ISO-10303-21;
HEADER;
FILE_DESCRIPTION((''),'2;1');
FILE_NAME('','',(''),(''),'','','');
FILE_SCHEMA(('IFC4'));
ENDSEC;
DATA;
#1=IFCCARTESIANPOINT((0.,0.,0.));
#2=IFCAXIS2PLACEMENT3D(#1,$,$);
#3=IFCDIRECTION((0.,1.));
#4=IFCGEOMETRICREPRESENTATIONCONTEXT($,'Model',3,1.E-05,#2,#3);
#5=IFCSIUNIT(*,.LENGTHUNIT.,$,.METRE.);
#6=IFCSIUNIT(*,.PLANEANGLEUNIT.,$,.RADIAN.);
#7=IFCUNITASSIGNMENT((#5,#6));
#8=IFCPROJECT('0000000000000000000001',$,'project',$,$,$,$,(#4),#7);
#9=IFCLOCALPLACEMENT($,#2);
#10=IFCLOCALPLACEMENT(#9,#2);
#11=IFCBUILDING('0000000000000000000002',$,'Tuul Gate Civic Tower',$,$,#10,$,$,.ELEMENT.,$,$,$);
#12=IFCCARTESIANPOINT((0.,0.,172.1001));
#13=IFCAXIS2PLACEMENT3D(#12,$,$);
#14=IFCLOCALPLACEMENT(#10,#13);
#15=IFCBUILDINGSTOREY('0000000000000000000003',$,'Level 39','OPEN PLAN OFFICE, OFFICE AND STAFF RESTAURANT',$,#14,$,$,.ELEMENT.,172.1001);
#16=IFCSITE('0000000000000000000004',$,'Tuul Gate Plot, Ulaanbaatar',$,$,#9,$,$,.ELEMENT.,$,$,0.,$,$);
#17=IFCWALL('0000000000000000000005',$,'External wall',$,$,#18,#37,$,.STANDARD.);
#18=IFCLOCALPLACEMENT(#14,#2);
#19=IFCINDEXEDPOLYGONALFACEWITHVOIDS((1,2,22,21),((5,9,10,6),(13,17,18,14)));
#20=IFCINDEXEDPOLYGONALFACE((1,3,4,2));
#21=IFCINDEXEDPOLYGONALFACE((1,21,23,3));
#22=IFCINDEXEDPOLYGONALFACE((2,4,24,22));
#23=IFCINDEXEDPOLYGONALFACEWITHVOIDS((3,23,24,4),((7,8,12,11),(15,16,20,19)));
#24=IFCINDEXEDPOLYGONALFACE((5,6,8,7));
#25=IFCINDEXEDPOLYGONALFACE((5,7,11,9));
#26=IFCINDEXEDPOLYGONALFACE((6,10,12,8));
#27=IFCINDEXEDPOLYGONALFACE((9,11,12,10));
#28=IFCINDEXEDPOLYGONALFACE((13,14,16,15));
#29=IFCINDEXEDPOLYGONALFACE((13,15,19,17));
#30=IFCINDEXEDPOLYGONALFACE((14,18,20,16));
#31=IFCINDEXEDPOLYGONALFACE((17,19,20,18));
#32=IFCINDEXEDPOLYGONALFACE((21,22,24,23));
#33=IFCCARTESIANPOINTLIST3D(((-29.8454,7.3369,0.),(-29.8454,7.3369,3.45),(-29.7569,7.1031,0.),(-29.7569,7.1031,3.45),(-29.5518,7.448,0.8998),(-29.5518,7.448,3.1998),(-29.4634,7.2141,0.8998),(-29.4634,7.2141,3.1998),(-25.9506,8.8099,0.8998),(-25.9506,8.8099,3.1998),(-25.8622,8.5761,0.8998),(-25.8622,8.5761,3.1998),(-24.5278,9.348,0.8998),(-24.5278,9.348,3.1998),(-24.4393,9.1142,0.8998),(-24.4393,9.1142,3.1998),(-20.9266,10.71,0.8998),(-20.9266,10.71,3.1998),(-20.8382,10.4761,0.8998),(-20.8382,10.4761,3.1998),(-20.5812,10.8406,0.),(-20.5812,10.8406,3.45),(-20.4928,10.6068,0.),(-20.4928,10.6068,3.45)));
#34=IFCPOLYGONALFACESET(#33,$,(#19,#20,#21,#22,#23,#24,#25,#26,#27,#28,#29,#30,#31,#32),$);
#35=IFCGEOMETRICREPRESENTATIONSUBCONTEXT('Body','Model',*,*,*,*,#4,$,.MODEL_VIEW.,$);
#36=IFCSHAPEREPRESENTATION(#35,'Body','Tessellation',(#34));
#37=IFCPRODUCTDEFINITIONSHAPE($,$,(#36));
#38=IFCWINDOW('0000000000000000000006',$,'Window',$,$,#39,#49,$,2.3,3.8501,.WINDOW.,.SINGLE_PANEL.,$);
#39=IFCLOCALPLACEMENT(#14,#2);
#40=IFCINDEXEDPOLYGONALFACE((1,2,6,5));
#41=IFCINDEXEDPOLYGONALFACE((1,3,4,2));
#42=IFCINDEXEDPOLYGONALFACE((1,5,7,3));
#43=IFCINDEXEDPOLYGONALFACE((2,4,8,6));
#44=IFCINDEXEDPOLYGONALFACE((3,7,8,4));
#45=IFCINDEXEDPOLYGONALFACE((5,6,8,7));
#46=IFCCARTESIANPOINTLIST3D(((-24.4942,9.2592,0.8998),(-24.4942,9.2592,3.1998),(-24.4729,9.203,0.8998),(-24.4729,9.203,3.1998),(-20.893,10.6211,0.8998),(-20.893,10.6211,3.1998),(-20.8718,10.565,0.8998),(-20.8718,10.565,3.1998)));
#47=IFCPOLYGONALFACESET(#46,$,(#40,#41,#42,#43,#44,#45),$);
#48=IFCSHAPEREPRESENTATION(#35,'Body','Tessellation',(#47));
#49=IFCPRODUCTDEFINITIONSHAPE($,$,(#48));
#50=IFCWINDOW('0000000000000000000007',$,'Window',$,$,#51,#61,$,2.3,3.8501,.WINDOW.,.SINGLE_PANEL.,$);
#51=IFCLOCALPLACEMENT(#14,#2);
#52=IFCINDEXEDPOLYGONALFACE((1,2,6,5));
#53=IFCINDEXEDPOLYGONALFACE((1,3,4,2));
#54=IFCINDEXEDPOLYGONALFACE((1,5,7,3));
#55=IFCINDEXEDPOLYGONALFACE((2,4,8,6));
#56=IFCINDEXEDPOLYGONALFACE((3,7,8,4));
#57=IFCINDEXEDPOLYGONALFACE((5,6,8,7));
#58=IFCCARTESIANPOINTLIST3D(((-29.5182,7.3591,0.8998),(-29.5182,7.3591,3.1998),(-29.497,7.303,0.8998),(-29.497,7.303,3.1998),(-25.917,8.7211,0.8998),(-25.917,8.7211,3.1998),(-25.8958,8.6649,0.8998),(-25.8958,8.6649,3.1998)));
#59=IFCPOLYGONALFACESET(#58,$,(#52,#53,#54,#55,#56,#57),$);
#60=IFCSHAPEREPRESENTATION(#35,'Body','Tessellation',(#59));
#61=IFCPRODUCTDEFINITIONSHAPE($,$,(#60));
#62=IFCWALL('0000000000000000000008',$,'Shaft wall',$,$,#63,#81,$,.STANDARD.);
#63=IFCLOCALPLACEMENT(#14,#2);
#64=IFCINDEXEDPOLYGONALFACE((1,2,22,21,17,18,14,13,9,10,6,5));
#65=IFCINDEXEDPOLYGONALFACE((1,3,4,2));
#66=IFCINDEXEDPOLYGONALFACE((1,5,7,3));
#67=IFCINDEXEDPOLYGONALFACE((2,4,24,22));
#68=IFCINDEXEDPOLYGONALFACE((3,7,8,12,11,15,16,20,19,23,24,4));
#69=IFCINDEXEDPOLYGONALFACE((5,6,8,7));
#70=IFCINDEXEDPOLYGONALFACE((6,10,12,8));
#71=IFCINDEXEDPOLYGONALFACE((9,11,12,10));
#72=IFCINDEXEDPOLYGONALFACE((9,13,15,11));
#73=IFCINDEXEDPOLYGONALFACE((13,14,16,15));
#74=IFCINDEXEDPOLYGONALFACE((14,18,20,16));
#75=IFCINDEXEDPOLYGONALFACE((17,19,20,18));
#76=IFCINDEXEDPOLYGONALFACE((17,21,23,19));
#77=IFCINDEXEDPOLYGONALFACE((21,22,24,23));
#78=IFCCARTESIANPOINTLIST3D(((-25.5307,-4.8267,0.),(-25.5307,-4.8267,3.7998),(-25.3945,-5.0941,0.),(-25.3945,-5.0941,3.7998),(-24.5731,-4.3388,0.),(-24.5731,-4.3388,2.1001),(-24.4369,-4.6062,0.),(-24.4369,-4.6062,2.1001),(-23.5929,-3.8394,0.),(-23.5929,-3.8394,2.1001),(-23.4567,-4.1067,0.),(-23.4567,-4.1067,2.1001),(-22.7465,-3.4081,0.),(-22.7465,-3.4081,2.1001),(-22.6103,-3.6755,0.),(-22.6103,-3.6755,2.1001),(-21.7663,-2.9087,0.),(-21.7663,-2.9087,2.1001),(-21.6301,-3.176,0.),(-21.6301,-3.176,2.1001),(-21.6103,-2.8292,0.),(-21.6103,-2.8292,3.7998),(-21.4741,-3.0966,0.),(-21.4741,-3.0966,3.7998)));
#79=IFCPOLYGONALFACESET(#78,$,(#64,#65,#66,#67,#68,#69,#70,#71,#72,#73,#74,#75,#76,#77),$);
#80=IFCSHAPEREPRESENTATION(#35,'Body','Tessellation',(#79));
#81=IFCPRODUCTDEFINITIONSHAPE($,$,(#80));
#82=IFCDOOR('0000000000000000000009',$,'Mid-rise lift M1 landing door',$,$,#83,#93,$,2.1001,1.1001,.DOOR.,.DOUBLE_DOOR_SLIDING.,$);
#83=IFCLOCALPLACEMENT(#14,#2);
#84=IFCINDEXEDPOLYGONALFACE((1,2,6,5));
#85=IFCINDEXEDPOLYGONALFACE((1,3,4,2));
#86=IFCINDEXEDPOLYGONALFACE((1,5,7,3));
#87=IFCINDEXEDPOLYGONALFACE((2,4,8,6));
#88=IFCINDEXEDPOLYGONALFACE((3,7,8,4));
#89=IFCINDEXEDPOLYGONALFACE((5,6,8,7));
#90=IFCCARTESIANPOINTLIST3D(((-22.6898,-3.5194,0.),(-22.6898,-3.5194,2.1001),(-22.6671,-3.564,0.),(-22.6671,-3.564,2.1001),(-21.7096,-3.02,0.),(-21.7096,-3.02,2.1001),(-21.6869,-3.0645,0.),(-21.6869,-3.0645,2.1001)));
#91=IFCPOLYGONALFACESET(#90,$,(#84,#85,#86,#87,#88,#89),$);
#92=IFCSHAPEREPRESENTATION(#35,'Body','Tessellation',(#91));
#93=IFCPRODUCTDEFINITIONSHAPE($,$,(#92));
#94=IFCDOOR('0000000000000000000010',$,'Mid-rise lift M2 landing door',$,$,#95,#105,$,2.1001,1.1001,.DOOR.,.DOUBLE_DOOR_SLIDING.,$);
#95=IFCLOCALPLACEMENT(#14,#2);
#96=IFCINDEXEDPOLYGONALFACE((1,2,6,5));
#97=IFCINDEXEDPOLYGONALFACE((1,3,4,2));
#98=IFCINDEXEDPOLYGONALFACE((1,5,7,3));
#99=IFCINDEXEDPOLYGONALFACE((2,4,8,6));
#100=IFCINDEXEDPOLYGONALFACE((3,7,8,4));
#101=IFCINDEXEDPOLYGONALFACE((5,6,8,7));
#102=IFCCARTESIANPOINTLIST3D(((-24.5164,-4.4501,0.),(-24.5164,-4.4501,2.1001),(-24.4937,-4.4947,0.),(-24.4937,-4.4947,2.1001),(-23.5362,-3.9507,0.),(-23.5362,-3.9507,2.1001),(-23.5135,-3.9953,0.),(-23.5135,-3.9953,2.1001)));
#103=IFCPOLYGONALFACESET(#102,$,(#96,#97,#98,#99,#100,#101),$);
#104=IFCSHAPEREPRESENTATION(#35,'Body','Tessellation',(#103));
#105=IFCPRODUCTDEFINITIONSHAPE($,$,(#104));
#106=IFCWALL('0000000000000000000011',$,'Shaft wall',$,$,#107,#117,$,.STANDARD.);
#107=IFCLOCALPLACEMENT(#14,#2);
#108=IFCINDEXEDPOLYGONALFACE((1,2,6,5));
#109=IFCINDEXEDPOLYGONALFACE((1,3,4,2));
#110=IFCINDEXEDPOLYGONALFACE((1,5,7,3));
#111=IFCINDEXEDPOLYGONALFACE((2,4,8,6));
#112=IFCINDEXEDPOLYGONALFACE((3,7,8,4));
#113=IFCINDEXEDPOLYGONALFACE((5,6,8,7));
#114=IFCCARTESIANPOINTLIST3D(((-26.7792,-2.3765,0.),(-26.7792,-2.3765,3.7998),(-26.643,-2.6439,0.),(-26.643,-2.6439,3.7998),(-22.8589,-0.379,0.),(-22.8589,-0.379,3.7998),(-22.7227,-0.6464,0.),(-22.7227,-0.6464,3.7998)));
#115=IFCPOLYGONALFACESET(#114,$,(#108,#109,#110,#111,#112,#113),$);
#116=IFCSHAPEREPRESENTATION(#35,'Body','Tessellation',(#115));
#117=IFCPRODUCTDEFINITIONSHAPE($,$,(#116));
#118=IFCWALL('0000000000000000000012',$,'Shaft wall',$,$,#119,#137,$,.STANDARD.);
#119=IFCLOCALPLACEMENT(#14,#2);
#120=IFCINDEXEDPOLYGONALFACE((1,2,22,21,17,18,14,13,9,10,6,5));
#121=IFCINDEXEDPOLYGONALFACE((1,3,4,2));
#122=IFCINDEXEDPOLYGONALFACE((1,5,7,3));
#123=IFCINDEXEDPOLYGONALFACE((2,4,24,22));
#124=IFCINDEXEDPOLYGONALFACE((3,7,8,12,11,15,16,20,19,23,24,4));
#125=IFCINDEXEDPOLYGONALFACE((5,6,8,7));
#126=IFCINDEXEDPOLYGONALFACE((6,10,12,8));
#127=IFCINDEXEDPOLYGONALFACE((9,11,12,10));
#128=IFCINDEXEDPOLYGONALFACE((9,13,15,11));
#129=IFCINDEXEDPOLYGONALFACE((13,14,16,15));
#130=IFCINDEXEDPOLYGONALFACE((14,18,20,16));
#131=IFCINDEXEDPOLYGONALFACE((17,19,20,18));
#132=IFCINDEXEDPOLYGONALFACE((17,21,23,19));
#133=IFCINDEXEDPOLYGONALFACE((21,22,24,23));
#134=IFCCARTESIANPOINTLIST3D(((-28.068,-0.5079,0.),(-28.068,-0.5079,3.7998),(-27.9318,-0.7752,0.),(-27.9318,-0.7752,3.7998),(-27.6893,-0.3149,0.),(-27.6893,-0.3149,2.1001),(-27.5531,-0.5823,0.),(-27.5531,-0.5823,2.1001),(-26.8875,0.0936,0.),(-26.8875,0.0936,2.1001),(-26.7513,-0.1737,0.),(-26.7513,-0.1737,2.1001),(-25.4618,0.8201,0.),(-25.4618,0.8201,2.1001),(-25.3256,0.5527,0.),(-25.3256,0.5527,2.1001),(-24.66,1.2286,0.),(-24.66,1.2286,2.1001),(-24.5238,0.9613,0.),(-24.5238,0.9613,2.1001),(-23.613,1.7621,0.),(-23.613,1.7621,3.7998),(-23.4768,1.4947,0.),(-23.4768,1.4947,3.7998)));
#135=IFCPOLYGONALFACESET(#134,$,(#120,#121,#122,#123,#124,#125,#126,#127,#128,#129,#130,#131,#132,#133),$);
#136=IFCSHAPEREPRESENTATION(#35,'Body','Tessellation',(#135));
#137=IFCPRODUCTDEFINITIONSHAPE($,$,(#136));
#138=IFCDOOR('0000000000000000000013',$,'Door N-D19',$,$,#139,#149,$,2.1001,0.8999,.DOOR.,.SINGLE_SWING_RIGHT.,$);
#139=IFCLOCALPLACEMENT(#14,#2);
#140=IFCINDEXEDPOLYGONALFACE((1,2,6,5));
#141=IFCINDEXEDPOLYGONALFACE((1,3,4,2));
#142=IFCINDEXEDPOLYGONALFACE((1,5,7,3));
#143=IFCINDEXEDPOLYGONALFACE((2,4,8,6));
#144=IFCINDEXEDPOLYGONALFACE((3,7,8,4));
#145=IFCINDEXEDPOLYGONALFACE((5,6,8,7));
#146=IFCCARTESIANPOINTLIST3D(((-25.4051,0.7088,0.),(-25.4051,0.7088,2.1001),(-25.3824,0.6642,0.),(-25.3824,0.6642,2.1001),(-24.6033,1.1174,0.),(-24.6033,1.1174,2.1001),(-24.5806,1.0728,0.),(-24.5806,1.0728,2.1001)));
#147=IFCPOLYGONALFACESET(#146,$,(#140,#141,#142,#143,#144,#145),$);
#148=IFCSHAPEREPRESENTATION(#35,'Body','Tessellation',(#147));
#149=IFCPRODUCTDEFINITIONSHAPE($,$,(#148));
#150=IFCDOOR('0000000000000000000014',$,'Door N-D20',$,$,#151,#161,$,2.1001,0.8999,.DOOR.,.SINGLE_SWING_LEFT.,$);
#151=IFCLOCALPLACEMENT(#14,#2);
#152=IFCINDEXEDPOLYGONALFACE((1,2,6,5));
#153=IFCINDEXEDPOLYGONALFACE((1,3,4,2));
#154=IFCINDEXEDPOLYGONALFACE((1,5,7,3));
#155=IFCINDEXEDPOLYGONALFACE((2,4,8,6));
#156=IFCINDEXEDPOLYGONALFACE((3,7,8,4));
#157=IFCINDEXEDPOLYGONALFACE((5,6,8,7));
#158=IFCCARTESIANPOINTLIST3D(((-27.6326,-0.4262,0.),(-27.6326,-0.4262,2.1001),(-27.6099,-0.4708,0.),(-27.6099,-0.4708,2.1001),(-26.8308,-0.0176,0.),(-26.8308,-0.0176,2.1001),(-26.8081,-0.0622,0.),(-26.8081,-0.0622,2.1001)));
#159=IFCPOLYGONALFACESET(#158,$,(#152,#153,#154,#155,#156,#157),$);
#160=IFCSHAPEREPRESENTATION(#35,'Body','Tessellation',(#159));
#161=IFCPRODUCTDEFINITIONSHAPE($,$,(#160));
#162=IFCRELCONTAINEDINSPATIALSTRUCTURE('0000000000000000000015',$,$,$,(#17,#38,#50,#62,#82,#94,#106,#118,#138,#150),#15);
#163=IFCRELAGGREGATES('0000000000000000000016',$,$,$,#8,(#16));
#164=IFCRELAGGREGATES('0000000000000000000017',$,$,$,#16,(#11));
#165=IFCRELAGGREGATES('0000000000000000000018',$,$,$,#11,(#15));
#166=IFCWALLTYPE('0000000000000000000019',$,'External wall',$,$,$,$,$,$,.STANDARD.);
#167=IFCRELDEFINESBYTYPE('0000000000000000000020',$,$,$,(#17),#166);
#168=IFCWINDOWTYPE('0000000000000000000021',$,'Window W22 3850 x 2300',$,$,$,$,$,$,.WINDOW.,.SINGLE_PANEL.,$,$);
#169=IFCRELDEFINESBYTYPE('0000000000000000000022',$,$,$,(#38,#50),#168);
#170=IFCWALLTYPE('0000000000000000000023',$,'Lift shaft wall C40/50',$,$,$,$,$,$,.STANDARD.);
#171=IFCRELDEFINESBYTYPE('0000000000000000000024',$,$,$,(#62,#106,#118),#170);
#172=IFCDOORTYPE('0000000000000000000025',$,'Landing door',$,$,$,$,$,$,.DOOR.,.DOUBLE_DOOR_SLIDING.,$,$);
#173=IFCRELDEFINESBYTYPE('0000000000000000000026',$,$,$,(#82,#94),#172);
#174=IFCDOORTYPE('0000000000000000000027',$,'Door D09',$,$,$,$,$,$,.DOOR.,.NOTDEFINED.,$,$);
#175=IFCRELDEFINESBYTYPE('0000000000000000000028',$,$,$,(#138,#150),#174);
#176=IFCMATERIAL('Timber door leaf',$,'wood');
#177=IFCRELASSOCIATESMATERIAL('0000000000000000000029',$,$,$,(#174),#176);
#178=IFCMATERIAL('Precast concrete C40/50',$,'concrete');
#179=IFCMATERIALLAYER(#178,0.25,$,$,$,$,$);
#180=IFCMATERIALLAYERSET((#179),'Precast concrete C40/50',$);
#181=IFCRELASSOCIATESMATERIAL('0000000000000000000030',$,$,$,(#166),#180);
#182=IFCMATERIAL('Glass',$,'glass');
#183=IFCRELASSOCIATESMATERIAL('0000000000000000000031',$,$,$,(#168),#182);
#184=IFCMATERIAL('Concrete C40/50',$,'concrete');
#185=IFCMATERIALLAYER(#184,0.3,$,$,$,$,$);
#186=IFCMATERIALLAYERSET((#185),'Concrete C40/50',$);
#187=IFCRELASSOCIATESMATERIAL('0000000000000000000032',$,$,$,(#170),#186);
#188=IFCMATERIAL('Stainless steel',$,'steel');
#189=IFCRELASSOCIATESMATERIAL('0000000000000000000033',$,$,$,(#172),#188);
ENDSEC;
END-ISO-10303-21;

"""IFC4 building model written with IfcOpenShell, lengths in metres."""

from ifc_helpers import new_model, si_unit, direction, frame, frame_2d, origin, place, context, subcontext, project, spatial, rectangle, extrude, material, layer, layer_set, type_object, element, fill, save


model = new_model("IFC4")

# Units and contexts
model_context = context("Model", 3, precision=1e-05, world=origin(), true_north=direction((0.0, 1.0)))
body_context = subcontext(model_context, "Body", "Model", "MODEL_VIEW")
ifc_project = project(units=[si_unit("LENGTHUNIT", "METRE"), si_unit("PLANEANGLEUNIT", "RADIAN")], contexts=[model_context])

# Site, building, storey
site_placement = place(None, origin())
site = spatial("IfcSite", under=ifc_project, at=site_placement, Name="Tuul Gate Plot, Ulaanbaatar", CompositionType="ELEMENT", RefElevation=0.0)
building_placement = place(site_placement, origin())
building = spatial("IfcBuilding", under=site, at=building_placement, Name="Tuul Gate Civic Tower", CompositionType="ELEMENT")
storey_placement = place(building_placement, frame((0.0, 0.0, 172.1001)))
storey = spatial("IfcBuildingStorey", under=building, at=storey_placement, Name="Level 39", Description="OPEN PLAN OFFICE, OFFICE AND STAFF RESTAURANT", CompositionType="ELEMENT", Elevation=172.1001)

# Shared definitions
ifc_material_1 = material(Name="Timber door leaf", Category="wood")
door_type_1 = type_object("IfcDoorType", Name="Door D09", OperationType="NOTDEFINED", PredefinedType="DOOR", material=ifc_material_1)

# Wall, openings, windows
ifc_material_2 = material(Name="Precast concrete C40/50", Category="concrete")
ifc_layer_1 = layer(ifc_material_2, 0.25)
ifc_layer_set_1 = layer_set([ifc_layer_1], Name="Precast concrete C40/50")
wall_type_1 = type_object("IfcWallType", Name="External wall", PredefinedType="STANDARD", material=ifc_layer_set_1)
wall_1_placement = place(storey_placement, frame((-20.5371, 10.7236, 0.0), z_axis=(0.0, 0.0, 1.0), x_axis=(-0.935343, -0.353742, 0.0)))
wall_1 = element("IfcWall", 1, at=wall_1_placement, inside=storey, type_object=wall_type_1, Name="External wall", PredefinedType="STANDARD", context=body_context, shape_type="SweptSolid", body=[
    extrude(rectangle(XDim=9.9045, YDim=0.25, at=frame_2d((4.9521, 0.0))), origin(), (0.0, 0.0, 1.0), 3.45),
])
opening_1_placement = place(wall_1_placement, frame((0.3691, 0.0, 0.8999)))
opening_1 = element("IfcOpeningElement", 2, at=opening_1_placement, cuts=wall_1, PredefinedType="OPENING", context=body_context, shape_type="SweptSolid", body=[
    extrude(rectangle(XDim=3.8501, YDim=2.3, at=frame_2d((1.925, 1.1499))), frame((0.0, 0.135, 0.0), z_axis=(0.0, -1.0, 0.0), x_axis=(1.0, 0.0, 0.0)), (0.0, 0.0, 1.0), 0.27),
])
opening_2_placement = place(wall_1_placement, frame((5.7405, 0.0, 0.8999)))
opening_2 = element("IfcOpeningElement", 3, at=opening_2_placement, cuts=wall_1, PredefinedType="OPENING", context=body_context, shape_type="SweptSolid", body=[
    extrude(rectangle(XDim=3.8501, YDim=2.3, at=frame_2d((1.925, 1.1499))), frame((0.0, 0.135, 0.0), z_axis=(0.0, -1.0, 0.0), x_axis=(1.0, 0.0, 0.0)), (0.0, 0.0, 1.0), 0.27),
])
ifc_material_3 = material(Name="Glass", Category="glass")
window_type = type_object("IfcWindowType", Name="Window W22 3850 x 2300", PartitioningType="SINGLE_PANEL", PredefinedType="WINDOW", material=ifc_material_3)
window_1_placement = place(opening_1_placement, origin())
window_1 = element("IfcWindow", 4, at=window_1_placement, inside=storey, type_object=window_type, Name="Window", OverallHeight=2.3, OverallWidth=3.8501, PartitioningType="SINGLE_PANEL", PredefinedType="WINDOW", context=body_context, shape_type="SweptSolid", body=[
    extrude(rectangle(XDim=3.8501, YDim=2.3, at=frame_2d((1.925, 1.1499))), frame((0.0, 0.03, 0.0), z_axis=(0.0, -1.0, 0.0), x_axis=(1.0, 0.0, 0.0)), (0.0, 0.0, 1.0), 0.0601),
])
fill(opening_1, window_1)
window_2_placement = place(opening_2_placement, origin())
window_2 = element("IfcWindow", 5, at=window_2_placement, inside=storey, type_object=window_type, Name="Window", OverallHeight=2.3, OverallWidth=3.8501, PartitioningType="SINGLE_PANEL", PredefinedType="WINDOW", context=body_context, shape_type="SweptSolid", body=[
    extrude(rectangle(XDim=3.8501, YDim=2.3, at=frame_2d((1.925, 1.1499))), frame((0.0, 0.03, 0.0), z_axis=(0.0, -1.0, 0.0), x_axis=(1.0, 0.0, 0.0)), (0.0, 0.0, 1.0), 0.0601),
])
fill(opening_2, window_2)

# Wall, openings, doors
ifc_material_4 = material(Name="Concrete C40/50", Category="concrete")
ifc_layer_2 = layer(ifc_material_4, 0.3)
ifc_layer_set_2 = layer_set([ifc_layer_2], Name="Concrete C40/50")
wall_type_2 = type_object("IfcWallType", Name="Lift shaft wall C40/50", PredefinedType="STANDARD", material=ifc_layer_set_2)
wall_2_placement = place(storey_placement, frame((-21.5422, -2.9629, 0.0), z_axis=(0.0, 0.0, 1.0), x_axis=(-0.891006, -0.453992, 0.0)))
wall_2 = element("IfcWall", 6, at=wall_2_placement, inside=storey, type_object=wall_type_2, Name="Shaft wall", PredefinedType="STANDARD", context=body_context, shape_type="SweptSolid", body=[
    extrude(rectangle(XDim=4.3999, YDim=0.3, at=frame_2d((2.2, 0.0))), origin(), (0.0, 0.0, 1.0), 3.7998),
])
opening_3_placement = place(wall_2_placement, frame((0.175, 0.0, 0.0)))
opening_3 = element("IfcOpeningElement", 7, at=opening_3_placement, cuts=wall_2, PredefinedType="OPENING", context=body_context, shape_type="SweptSolid", body=[
    extrude(rectangle(XDim=1.1001, YDim=2.1001, at=frame_2d((0.55, 1.05))), frame((0.0, 0.1602, 0.0), z_axis=(0.0, -1.0, 0.0), x_axis=(1.0, 0.0, 0.0)), (0.0, 0.0, 1.0), 0.3201),
])
opening_4_placement = place(wall_2_placement, frame((2.2251, 0.0, 0.0)))
opening_4 = element("IfcOpeningElement", 8, at=opening_4_placement, cuts=wall_2, PredefinedType="OPENING", context=body_context, shape_type="SweptSolid", body=[
    extrude(rectangle(XDim=1.1001, YDim=2.1001, at=frame_2d((0.55, 1.05))), frame((0.0, 0.1602, 0.0), z_axis=(0.0, -1.0, 0.0), x_axis=(1.0, 0.0, 0.0)), (0.0, 0.0, 1.0), 0.3201),
])
ifc_material_5 = material(Name="Stainless steel", Category="steel")
door_type_2 = type_object("IfcDoorType", Name="Landing door", OperationType="DOUBLE_DOOR_SLIDING", PredefinedType="DOOR", material=ifc_material_5)
door_1_placement = place(opening_3_placement, origin())
door_1 = element("IfcDoor", 9, at=door_1_placement, inside=storey, type_object=door_type_2, Name="Mid-rise lift M1 landing door", OperationType="DOUBLE_DOOR_SLIDING", OverallHeight=2.1001, OverallWidth=1.1001, PredefinedType="DOOR", context=body_context, shape_type="SweptSolid", body=[
    extrude(rectangle(XDim=1.1001, YDim=2.1001, at=frame_2d((0.55, 1.05))), frame((0.0, 0.0249, 0.0), z_axis=(0.0, -1.0, 0.0), x_axis=(1.0, 0.0, 0.0)), (0.0, 0.0, 1.0), 0.05),
])
fill(opening_3, door_1)
door_2_placement = place(opening_4_placement, origin())
door_2 = element("IfcDoor", 10, at=door_2_placement, inside=storey, type_object=door_type_2, Name="Mid-rise lift M2 landing door", OperationType="DOUBLE_DOOR_SLIDING", OverallHeight=2.1001, OverallWidth=1.1001, PredefinedType="DOOR", context=body_context, shape_type="SweptSolid", body=[
    extrude(rectangle(XDim=1.1001, YDim=2.1001, at=frame_2d((0.55, 1.05))), frame((0.0, 0.0249, 0.0), z_axis=(0.0, -1.0, 0.0), x_axis=(1.0, 0.0, 0.0)), (0.0, 0.0, 1.0), 0.05),
])
fill(opening_4, door_2)

# Wall
wall_3_placement = place(storey_placement, frame((-22.7908, -0.5127, 0.0), z_axis=(0.0, 0.0, 1.0), x_axis=(-0.891006, -0.453992, 0.0)))
element("IfcWall", 11, at=wall_3_placement, inside=storey, type_object=wall_type_2, Name="Shaft wall", PredefinedType="STANDARD", context=body_context, shape_type="SweptSolid", body=[
    extrude(rectangle(XDim=4.3999, YDim=0.3, at=frame_2d((2.2, 0.0))), origin(), (0.0, 0.0, 1.0), 3.7998),
])

# Wall, openings, doors
wall_4_placement = place(storey_placement, frame((-23.5449, 1.6284, 0.0), z_axis=(0.0, 0.0, 1.0), x_axis=(-0.891003, -0.453997, 0.0)))
wall_4 = element("IfcWall", 12, at=wall_4_placement, inside=storey, type_object=wall_type_2, Name="Shaft wall", PredefinedType="STANDARD", context=body_context, shape_type="SweptSolid", body=[
    extrude(rectangle(XDim=5.0, YDim=0.3, at=frame_2d((2.5, 0.0))), origin(), (0.0, 0.0, 1.0), 3.7998),
])
opening_5_placement = place(wall_4_placement, frame((1.175, 0.0, 0.0)))
opening_5 = element("IfcOpeningElement", 13, at=opening_5_placement, cuts=wall_4, PredefinedType="OPENING", context=body_context, shape_type="SweptSolid", body=[
    extrude(rectangle(XDim=0.8999, YDim=2.1001, at=frame_2d((0.45, 1.05))), frame((0.0, 0.1602, 0.0), z_axis=(0.0, -1.0, 0.0), x_axis=(1.0, 0.0, 0.0)), (0.0, 0.0, 1.0), 0.3201),
])
opening_6_placement = place(wall_4_placement, frame((3.675, 0.0, 0.0)))
opening_6 = element("IfcOpeningElement", 14, at=opening_6_placement, cuts=wall_4, PredefinedType="OPENING", context=body_context, shape_type="SweptSolid", body=[
    extrude(rectangle(XDim=0.8999, YDim=2.1001, at=frame_2d((0.45, 1.05))), frame((0.0, 0.1602, 0.0), z_axis=(0.0, -1.0, 0.0), x_axis=(1.0, 0.0, 0.0)), (0.0, 0.0, 1.0), 0.3201),
])
door_3_placement = place(opening_5_placement, origin())
door_3 = element("IfcDoor", 15, at=door_3_placement, inside=storey, type_object=door_type_1, Name="Door N-D19", OperationType="SINGLE_SWING_RIGHT", OverallHeight=2.1001, OverallWidth=0.8999, PredefinedType="DOOR", context=body_context, shape_type="SweptSolid", body=[
    extrude(rectangle(XDim=0.8999, YDim=2.1001, at=frame_2d((0.45, 1.05))), frame((0.0, 0.0249, 0.0), z_axis=(0.0, -1.0, 0.0), x_axis=(1.0, 0.0, 0.0)), (0.0, 0.0, 1.0), 0.05),
])
fill(opening_5, door_3)
door_4_placement = place(opening_6_placement, origin())
door_4 = element("IfcDoor", 16, at=door_4_placement, inside=storey, type_object=door_type_1, Name="Door N-D20", OperationType="SINGLE_SWING_LEFT", OverallHeight=2.1001, OverallWidth=0.8999, PredefinedType="DOOR", context=body_context, shape_type="SweptSolid", body=[
    extrude(rectangle(XDim=0.8999, YDim=2.1001, at=frame_2d((0.45, 1.05))), frame((0.0, 0.0249, 0.0), z_axis=(0.0, -1.0, 0.0), x_axis=(1.0, 0.0, 0.0)), (0.0, 0.0, 1.0), 0.05),
])
fill(opening_6, door_4)

save(model, "model.ifc")
